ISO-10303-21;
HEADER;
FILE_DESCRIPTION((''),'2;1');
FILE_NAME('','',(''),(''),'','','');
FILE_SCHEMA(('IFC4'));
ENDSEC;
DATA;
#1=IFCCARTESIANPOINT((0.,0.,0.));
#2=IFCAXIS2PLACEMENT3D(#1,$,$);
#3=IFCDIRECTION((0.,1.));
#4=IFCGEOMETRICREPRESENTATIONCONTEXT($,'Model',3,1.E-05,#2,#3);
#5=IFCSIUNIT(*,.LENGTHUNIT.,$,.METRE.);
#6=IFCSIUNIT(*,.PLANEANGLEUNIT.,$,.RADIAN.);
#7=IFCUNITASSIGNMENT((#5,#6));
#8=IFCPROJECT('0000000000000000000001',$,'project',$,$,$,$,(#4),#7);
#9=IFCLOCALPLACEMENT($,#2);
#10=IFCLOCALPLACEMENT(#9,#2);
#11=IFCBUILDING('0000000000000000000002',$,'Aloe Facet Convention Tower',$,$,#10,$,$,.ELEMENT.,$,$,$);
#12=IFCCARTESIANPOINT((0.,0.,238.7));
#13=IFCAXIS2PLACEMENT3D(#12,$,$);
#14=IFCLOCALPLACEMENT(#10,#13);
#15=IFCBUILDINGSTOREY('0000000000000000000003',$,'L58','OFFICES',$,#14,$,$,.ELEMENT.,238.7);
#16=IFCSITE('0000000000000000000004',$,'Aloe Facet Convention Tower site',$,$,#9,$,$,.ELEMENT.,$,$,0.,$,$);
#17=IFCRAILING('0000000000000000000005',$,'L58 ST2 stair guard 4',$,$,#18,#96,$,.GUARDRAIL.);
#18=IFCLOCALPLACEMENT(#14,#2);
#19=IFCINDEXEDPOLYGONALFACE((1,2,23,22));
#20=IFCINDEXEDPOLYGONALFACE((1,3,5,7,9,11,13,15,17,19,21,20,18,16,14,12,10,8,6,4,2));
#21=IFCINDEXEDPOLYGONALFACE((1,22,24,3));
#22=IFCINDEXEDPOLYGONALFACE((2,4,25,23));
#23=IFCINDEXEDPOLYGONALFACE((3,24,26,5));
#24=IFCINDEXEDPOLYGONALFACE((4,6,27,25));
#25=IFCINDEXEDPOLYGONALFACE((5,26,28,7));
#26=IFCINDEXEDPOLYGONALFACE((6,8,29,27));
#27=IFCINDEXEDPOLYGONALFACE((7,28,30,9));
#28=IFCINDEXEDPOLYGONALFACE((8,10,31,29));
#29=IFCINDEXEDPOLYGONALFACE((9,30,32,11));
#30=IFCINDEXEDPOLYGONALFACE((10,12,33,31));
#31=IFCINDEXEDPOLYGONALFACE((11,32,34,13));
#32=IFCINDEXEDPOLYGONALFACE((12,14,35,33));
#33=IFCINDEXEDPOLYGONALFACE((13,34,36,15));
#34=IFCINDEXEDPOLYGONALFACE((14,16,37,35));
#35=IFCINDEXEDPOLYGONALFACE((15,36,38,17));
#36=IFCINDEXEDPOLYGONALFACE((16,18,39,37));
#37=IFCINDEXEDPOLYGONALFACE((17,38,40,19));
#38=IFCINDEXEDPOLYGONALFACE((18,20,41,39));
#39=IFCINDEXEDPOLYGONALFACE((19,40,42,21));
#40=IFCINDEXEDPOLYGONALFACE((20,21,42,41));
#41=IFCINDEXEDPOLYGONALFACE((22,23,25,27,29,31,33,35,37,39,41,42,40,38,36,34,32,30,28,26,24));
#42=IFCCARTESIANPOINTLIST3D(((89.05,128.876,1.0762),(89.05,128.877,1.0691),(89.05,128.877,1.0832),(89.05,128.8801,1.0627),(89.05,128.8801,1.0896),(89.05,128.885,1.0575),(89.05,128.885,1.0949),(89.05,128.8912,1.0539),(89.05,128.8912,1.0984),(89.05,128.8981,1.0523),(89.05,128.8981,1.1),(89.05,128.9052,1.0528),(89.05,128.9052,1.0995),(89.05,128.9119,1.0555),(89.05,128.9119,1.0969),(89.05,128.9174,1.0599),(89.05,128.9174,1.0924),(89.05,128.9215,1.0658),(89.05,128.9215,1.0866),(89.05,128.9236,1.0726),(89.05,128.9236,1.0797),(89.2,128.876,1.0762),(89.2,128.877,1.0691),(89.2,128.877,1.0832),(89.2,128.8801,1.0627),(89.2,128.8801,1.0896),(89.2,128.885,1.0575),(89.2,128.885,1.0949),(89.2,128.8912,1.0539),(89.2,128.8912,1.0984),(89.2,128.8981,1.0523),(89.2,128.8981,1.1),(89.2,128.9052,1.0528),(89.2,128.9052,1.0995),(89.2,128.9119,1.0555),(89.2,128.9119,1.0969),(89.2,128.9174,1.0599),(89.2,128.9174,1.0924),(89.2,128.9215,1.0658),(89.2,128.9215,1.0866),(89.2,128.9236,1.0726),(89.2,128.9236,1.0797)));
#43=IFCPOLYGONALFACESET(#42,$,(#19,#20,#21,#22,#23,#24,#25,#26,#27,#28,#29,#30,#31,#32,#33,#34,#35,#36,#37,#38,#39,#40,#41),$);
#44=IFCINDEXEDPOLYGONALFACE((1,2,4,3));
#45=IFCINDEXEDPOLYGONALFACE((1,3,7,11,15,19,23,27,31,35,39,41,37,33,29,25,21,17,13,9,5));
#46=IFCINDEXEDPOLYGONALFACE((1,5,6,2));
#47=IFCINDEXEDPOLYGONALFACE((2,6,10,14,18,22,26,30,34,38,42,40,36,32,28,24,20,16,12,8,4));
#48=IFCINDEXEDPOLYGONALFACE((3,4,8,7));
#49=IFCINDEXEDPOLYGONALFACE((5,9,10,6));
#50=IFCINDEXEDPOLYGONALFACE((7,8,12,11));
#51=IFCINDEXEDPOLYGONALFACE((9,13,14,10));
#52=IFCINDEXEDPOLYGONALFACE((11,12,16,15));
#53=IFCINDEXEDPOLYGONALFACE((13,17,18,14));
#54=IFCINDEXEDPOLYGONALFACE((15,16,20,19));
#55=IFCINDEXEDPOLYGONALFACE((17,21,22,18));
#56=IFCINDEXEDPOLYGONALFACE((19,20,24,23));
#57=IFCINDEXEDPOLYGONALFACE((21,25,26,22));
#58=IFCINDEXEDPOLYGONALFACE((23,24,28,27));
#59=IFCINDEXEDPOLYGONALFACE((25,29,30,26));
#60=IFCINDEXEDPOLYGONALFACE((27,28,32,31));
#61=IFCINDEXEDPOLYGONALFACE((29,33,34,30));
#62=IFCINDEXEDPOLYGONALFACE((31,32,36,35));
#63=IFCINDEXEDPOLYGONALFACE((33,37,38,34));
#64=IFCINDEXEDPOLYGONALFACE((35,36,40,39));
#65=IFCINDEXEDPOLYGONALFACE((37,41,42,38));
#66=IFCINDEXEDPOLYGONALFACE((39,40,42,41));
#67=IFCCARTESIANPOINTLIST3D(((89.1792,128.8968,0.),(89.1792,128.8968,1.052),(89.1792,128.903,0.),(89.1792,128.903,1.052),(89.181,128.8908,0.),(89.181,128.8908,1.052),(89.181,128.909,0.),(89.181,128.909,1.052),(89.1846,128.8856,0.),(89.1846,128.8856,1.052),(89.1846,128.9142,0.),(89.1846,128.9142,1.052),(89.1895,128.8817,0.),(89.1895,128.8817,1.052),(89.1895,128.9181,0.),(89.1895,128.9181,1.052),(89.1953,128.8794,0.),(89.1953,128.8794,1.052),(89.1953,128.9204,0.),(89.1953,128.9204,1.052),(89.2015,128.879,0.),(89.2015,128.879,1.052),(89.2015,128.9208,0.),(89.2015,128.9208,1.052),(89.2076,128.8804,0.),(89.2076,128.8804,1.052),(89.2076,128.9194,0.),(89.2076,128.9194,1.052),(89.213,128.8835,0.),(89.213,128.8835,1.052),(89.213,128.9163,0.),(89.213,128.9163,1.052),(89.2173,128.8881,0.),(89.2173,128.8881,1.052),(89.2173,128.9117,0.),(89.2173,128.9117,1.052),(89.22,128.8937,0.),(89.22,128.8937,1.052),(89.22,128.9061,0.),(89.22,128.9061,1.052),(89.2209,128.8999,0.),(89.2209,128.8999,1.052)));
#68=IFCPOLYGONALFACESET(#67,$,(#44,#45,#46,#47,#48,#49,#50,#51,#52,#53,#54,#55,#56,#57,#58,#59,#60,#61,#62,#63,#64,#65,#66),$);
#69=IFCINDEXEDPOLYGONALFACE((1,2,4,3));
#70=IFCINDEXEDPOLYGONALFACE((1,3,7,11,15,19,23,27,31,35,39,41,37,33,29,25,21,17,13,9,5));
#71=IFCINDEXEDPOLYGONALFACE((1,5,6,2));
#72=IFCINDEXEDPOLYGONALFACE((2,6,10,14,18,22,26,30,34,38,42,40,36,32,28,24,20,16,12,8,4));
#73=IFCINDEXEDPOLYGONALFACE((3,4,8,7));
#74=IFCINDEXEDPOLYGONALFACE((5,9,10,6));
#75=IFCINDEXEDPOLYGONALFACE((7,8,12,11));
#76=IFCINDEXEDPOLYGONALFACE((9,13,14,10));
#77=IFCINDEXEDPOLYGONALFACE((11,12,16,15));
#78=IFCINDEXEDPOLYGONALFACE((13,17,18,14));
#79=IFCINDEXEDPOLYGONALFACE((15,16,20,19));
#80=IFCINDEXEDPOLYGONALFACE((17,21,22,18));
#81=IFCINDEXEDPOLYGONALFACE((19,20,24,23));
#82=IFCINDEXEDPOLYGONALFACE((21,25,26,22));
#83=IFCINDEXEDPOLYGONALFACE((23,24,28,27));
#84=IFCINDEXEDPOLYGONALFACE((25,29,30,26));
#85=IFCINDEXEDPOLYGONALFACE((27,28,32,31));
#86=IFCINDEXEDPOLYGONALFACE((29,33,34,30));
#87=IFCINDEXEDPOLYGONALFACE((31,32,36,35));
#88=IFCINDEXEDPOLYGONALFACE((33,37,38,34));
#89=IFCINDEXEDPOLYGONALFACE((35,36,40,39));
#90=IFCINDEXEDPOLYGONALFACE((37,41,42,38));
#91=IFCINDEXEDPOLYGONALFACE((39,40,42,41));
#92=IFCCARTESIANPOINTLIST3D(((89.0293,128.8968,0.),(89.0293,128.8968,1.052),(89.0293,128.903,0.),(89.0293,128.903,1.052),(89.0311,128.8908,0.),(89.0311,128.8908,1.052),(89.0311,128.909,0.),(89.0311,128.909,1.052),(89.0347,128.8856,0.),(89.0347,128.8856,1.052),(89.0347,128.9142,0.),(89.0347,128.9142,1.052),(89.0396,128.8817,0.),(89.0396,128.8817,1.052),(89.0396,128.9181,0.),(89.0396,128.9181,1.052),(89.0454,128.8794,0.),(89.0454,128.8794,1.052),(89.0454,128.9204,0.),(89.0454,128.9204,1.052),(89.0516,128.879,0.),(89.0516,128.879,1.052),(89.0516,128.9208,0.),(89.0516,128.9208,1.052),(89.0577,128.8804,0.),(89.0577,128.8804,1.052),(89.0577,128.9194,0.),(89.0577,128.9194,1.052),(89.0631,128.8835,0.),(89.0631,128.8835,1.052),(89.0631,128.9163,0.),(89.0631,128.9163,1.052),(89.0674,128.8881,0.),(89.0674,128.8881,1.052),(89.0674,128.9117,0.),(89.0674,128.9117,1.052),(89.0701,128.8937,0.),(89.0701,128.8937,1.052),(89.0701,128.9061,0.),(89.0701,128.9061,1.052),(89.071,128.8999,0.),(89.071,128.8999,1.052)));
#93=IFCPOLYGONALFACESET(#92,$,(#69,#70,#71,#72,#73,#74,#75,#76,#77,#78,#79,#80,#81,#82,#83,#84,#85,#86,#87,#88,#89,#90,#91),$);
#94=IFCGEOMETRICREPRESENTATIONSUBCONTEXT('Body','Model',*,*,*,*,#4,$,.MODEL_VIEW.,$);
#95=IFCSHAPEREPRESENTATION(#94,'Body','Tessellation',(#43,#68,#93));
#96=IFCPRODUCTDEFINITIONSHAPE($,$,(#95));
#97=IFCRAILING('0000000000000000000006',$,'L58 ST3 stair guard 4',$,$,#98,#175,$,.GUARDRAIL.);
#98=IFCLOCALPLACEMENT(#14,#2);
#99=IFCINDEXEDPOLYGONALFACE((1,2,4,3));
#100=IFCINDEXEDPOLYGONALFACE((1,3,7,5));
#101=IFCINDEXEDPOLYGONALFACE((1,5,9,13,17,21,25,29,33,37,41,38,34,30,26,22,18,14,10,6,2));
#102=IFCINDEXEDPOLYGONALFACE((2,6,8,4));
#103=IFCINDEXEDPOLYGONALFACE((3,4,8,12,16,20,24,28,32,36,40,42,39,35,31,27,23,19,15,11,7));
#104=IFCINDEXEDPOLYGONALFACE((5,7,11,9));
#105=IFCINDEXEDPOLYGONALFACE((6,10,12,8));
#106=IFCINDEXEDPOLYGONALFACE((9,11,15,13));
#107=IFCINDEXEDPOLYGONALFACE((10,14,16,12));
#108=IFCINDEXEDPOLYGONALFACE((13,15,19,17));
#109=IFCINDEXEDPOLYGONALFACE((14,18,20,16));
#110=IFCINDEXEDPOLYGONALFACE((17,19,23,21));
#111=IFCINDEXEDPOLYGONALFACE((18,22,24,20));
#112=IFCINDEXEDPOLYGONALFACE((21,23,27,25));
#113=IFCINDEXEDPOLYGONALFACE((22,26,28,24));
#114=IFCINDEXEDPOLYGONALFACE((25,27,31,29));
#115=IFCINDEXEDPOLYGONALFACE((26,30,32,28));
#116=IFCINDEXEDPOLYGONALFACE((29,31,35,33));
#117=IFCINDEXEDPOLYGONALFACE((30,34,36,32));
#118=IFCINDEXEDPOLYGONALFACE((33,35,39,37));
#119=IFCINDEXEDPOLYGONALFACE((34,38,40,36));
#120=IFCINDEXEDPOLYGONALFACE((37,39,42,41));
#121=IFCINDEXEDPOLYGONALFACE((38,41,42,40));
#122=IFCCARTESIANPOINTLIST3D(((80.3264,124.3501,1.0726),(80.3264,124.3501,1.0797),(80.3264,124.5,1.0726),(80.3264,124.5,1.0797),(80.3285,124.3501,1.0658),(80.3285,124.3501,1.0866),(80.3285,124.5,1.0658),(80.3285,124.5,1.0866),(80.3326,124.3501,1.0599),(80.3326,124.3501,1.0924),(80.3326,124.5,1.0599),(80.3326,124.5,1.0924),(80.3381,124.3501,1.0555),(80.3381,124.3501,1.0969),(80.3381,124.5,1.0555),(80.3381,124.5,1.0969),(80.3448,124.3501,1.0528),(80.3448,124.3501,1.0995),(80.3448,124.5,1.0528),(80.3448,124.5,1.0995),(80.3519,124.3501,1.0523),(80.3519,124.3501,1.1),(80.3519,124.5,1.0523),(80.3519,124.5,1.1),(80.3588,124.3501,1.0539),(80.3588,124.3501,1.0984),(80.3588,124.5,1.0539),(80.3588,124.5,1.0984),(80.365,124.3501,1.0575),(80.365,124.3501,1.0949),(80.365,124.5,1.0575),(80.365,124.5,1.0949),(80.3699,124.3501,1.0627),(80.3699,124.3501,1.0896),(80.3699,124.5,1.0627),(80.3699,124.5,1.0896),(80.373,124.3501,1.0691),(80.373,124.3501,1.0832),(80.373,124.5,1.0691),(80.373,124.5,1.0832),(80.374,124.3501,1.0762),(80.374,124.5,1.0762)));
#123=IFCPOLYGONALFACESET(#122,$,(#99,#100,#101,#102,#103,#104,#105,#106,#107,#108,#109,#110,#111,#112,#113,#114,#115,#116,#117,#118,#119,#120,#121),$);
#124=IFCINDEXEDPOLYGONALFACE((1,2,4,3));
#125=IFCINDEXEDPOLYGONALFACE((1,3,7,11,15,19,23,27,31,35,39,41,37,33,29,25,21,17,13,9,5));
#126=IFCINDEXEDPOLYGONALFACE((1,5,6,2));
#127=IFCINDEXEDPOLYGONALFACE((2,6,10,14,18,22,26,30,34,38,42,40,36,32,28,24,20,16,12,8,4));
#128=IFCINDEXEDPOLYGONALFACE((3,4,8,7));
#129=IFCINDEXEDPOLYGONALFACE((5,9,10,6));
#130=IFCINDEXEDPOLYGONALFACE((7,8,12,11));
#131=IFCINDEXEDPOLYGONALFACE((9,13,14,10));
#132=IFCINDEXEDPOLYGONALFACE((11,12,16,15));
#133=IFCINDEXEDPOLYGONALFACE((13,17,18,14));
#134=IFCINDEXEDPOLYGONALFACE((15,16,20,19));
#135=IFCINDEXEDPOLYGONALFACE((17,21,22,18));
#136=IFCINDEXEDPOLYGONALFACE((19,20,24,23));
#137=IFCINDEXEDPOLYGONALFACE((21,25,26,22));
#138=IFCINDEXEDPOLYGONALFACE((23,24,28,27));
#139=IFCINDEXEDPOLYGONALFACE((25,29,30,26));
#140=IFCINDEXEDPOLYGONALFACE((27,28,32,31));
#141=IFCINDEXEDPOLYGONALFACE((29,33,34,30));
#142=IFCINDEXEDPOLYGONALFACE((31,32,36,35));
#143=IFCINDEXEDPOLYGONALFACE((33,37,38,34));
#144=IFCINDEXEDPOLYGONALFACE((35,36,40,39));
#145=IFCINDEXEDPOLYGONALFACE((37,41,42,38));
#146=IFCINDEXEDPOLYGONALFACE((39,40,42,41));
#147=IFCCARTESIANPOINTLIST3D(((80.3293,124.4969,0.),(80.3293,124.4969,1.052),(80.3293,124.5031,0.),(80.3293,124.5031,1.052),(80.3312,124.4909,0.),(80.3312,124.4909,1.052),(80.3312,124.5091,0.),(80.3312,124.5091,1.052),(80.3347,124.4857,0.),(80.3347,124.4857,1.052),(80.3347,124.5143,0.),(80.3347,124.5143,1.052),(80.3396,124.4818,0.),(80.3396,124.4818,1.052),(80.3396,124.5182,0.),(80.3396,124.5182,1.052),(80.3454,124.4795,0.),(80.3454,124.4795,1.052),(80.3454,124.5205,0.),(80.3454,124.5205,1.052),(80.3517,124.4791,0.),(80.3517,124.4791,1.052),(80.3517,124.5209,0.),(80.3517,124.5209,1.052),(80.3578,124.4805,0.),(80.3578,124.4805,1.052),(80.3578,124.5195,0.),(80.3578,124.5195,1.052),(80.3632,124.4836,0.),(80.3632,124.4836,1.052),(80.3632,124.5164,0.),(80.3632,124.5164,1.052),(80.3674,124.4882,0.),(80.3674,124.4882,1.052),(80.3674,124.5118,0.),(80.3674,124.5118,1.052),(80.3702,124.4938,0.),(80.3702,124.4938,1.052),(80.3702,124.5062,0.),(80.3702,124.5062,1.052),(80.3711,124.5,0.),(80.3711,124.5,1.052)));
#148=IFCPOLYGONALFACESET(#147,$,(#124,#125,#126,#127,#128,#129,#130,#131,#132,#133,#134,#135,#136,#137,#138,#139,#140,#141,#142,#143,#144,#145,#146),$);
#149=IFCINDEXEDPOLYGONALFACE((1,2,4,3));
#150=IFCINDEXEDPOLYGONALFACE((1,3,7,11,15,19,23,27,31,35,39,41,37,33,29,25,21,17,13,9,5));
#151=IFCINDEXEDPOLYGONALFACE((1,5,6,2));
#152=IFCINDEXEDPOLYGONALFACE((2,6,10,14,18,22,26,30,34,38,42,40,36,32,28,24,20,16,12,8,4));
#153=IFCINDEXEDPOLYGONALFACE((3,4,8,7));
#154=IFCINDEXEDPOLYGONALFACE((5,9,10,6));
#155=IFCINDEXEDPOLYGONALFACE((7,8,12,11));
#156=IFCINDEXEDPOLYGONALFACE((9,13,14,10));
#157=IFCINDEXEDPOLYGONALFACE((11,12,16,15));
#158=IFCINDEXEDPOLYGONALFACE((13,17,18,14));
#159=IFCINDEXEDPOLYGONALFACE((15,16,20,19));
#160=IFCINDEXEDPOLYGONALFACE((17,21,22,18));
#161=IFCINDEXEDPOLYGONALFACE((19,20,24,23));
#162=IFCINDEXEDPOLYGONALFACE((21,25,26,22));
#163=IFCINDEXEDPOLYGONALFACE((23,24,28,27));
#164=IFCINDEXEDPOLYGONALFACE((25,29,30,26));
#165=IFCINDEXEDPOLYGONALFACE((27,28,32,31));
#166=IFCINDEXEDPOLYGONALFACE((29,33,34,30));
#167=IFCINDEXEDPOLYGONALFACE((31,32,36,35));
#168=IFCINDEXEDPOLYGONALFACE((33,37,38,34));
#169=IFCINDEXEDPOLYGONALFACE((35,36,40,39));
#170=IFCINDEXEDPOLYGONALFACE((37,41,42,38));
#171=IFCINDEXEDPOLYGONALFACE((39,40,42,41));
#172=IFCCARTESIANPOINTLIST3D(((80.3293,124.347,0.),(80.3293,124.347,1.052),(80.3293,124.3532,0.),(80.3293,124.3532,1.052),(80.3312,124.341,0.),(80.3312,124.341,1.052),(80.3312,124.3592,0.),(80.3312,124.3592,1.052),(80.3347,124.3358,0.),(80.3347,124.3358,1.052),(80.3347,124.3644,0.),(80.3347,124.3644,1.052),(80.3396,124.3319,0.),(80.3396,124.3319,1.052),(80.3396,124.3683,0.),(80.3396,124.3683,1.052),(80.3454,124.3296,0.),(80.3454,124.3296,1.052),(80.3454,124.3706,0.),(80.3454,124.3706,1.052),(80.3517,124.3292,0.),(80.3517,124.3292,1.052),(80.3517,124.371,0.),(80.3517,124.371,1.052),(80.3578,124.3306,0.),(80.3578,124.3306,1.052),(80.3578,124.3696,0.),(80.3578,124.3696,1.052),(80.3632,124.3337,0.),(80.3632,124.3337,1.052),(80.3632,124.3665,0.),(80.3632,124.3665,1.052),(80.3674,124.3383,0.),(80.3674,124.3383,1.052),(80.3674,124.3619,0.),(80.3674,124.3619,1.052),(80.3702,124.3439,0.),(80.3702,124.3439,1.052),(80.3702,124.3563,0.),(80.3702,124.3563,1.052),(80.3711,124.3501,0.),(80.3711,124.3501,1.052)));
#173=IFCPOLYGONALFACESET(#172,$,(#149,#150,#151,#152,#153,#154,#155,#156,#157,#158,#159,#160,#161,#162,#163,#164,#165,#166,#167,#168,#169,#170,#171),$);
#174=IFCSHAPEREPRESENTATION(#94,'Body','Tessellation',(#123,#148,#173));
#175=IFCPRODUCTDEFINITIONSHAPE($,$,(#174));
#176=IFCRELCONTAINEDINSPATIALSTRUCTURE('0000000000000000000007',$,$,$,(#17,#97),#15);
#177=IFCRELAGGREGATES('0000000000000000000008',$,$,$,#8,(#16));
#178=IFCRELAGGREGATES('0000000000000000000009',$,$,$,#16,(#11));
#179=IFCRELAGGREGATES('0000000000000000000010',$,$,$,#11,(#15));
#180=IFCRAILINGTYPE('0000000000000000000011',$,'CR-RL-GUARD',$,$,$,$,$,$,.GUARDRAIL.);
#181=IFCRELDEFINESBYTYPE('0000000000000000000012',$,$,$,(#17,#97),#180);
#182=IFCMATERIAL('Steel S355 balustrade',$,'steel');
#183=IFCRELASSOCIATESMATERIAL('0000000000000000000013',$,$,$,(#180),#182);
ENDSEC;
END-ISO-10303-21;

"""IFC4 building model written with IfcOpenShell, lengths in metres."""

from ifc_helpers import new_model, si_unit, direction, frame, origin, origin_2d, place, context, subcontext, project, spatial, circle, extrude, material, type_object, element, save


model = new_model("IFC4")

# Units and contexts
model_context = context("Model", 3, precision=1e-05, world=origin(), true_north=direction((0.0, 1.0)))
body_context = subcontext(model_context, "Body", "Model", "MODEL_VIEW")
ifc_project = project(units=[si_unit("LENGTHUNIT", "METRE"), si_unit("PLANEANGLEUNIT", "RADIAN")], contexts=[model_context])

# Site, building, storey
site_placement = place(None, origin())
site = spatial("IfcSite", under=ifc_project, at=site_placement, Name="Aloe Facet Convention Tower site", CompositionType="ELEMENT", RefElevation=0.0)
building_placement = place(site_placement, origin())
building = spatial("IfcBuilding", under=site, at=building_placement, Name="Aloe Facet Convention Tower", CompositionType="ELEMENT")
storey_placement = place(building_placement, frame((0.0, 0.0, 238.7)))
storey = spatial("IfcBuildingStorey", under=building, at=storey_placement, Name="L58", Description="OFFICES", CompositionType="ELEMENT", Elevation=238.7)

# Railings
ifc_material_1 = material(Name="Steel S355 balustrade", Category="steel")
railing_type_1 = type_object("IfcRailingType", Name="CR-RL-GUARD", PredefinedType="GUARDRAIL", material=ifc_material_1)
railing_1_placement = place(storey_placement, frame((89.2, 128.8999, 0.0)))
element("IfcRailing", 1, at=railing_1_placement, inside=storey, type_object=railing_type_1, Name="L58 ST2 stair guard 4", PredefinedType="GUARDRAIL", context=body_context, shape_type="SweptSolid", body=[
    extrude(circle(Radius=0.0239, at=origin_2d()), frame((0.0, 0.0, 1.0762), z_axis=(-1.0, 0.0, 0.0), x_axis=(0.0, -1.0, 0.0)), (0.0, 0.0, 1.0), 0.1499),
    extrude(circle(Radius=0.021, at=origin_2d()), origin(), (0.0, 0.0, 1.0), 1.052),
    extrude(circle(Radius=0.021, at=origin_2d()), frame((-0.1499, 0.0, 0.0)), (0.0, 0.0, 1.0), 1.052),
])
railing_2_placement = place(storey_placement, frame((80.3501, 124.5, 0.0)))
element("IfcRailing", 2, at=railing_2_placement, inside=storey, type_object=railing_type_1, Name="L58 ST3 stair guard 4", PredefinedType="GUARDRAIL", context=body_context, shape_type="SweptSolid", body=[
    extrude(circle(Radius=0.0239, at=origin_2d()), frame((0.0, 0.0, 1.0762), z_axis=(0.0, -1.0, 0.0), x_axis=(1.0, 0.0, 0.0)), (0.0, 0.0, 1.0), 0.1499),
    extrude(circle(Radius=0.021, at=origin_2d()), origin(), (0.0, 0.0, 1.0), 1.052),
    extrude(circle(Radius=0.021, at=origin_2d()), frame((0.0, -0.1499, 0.0)), (0.0, 0.0, 1.0), 1.052),
])

save(model, "model.ifc")
